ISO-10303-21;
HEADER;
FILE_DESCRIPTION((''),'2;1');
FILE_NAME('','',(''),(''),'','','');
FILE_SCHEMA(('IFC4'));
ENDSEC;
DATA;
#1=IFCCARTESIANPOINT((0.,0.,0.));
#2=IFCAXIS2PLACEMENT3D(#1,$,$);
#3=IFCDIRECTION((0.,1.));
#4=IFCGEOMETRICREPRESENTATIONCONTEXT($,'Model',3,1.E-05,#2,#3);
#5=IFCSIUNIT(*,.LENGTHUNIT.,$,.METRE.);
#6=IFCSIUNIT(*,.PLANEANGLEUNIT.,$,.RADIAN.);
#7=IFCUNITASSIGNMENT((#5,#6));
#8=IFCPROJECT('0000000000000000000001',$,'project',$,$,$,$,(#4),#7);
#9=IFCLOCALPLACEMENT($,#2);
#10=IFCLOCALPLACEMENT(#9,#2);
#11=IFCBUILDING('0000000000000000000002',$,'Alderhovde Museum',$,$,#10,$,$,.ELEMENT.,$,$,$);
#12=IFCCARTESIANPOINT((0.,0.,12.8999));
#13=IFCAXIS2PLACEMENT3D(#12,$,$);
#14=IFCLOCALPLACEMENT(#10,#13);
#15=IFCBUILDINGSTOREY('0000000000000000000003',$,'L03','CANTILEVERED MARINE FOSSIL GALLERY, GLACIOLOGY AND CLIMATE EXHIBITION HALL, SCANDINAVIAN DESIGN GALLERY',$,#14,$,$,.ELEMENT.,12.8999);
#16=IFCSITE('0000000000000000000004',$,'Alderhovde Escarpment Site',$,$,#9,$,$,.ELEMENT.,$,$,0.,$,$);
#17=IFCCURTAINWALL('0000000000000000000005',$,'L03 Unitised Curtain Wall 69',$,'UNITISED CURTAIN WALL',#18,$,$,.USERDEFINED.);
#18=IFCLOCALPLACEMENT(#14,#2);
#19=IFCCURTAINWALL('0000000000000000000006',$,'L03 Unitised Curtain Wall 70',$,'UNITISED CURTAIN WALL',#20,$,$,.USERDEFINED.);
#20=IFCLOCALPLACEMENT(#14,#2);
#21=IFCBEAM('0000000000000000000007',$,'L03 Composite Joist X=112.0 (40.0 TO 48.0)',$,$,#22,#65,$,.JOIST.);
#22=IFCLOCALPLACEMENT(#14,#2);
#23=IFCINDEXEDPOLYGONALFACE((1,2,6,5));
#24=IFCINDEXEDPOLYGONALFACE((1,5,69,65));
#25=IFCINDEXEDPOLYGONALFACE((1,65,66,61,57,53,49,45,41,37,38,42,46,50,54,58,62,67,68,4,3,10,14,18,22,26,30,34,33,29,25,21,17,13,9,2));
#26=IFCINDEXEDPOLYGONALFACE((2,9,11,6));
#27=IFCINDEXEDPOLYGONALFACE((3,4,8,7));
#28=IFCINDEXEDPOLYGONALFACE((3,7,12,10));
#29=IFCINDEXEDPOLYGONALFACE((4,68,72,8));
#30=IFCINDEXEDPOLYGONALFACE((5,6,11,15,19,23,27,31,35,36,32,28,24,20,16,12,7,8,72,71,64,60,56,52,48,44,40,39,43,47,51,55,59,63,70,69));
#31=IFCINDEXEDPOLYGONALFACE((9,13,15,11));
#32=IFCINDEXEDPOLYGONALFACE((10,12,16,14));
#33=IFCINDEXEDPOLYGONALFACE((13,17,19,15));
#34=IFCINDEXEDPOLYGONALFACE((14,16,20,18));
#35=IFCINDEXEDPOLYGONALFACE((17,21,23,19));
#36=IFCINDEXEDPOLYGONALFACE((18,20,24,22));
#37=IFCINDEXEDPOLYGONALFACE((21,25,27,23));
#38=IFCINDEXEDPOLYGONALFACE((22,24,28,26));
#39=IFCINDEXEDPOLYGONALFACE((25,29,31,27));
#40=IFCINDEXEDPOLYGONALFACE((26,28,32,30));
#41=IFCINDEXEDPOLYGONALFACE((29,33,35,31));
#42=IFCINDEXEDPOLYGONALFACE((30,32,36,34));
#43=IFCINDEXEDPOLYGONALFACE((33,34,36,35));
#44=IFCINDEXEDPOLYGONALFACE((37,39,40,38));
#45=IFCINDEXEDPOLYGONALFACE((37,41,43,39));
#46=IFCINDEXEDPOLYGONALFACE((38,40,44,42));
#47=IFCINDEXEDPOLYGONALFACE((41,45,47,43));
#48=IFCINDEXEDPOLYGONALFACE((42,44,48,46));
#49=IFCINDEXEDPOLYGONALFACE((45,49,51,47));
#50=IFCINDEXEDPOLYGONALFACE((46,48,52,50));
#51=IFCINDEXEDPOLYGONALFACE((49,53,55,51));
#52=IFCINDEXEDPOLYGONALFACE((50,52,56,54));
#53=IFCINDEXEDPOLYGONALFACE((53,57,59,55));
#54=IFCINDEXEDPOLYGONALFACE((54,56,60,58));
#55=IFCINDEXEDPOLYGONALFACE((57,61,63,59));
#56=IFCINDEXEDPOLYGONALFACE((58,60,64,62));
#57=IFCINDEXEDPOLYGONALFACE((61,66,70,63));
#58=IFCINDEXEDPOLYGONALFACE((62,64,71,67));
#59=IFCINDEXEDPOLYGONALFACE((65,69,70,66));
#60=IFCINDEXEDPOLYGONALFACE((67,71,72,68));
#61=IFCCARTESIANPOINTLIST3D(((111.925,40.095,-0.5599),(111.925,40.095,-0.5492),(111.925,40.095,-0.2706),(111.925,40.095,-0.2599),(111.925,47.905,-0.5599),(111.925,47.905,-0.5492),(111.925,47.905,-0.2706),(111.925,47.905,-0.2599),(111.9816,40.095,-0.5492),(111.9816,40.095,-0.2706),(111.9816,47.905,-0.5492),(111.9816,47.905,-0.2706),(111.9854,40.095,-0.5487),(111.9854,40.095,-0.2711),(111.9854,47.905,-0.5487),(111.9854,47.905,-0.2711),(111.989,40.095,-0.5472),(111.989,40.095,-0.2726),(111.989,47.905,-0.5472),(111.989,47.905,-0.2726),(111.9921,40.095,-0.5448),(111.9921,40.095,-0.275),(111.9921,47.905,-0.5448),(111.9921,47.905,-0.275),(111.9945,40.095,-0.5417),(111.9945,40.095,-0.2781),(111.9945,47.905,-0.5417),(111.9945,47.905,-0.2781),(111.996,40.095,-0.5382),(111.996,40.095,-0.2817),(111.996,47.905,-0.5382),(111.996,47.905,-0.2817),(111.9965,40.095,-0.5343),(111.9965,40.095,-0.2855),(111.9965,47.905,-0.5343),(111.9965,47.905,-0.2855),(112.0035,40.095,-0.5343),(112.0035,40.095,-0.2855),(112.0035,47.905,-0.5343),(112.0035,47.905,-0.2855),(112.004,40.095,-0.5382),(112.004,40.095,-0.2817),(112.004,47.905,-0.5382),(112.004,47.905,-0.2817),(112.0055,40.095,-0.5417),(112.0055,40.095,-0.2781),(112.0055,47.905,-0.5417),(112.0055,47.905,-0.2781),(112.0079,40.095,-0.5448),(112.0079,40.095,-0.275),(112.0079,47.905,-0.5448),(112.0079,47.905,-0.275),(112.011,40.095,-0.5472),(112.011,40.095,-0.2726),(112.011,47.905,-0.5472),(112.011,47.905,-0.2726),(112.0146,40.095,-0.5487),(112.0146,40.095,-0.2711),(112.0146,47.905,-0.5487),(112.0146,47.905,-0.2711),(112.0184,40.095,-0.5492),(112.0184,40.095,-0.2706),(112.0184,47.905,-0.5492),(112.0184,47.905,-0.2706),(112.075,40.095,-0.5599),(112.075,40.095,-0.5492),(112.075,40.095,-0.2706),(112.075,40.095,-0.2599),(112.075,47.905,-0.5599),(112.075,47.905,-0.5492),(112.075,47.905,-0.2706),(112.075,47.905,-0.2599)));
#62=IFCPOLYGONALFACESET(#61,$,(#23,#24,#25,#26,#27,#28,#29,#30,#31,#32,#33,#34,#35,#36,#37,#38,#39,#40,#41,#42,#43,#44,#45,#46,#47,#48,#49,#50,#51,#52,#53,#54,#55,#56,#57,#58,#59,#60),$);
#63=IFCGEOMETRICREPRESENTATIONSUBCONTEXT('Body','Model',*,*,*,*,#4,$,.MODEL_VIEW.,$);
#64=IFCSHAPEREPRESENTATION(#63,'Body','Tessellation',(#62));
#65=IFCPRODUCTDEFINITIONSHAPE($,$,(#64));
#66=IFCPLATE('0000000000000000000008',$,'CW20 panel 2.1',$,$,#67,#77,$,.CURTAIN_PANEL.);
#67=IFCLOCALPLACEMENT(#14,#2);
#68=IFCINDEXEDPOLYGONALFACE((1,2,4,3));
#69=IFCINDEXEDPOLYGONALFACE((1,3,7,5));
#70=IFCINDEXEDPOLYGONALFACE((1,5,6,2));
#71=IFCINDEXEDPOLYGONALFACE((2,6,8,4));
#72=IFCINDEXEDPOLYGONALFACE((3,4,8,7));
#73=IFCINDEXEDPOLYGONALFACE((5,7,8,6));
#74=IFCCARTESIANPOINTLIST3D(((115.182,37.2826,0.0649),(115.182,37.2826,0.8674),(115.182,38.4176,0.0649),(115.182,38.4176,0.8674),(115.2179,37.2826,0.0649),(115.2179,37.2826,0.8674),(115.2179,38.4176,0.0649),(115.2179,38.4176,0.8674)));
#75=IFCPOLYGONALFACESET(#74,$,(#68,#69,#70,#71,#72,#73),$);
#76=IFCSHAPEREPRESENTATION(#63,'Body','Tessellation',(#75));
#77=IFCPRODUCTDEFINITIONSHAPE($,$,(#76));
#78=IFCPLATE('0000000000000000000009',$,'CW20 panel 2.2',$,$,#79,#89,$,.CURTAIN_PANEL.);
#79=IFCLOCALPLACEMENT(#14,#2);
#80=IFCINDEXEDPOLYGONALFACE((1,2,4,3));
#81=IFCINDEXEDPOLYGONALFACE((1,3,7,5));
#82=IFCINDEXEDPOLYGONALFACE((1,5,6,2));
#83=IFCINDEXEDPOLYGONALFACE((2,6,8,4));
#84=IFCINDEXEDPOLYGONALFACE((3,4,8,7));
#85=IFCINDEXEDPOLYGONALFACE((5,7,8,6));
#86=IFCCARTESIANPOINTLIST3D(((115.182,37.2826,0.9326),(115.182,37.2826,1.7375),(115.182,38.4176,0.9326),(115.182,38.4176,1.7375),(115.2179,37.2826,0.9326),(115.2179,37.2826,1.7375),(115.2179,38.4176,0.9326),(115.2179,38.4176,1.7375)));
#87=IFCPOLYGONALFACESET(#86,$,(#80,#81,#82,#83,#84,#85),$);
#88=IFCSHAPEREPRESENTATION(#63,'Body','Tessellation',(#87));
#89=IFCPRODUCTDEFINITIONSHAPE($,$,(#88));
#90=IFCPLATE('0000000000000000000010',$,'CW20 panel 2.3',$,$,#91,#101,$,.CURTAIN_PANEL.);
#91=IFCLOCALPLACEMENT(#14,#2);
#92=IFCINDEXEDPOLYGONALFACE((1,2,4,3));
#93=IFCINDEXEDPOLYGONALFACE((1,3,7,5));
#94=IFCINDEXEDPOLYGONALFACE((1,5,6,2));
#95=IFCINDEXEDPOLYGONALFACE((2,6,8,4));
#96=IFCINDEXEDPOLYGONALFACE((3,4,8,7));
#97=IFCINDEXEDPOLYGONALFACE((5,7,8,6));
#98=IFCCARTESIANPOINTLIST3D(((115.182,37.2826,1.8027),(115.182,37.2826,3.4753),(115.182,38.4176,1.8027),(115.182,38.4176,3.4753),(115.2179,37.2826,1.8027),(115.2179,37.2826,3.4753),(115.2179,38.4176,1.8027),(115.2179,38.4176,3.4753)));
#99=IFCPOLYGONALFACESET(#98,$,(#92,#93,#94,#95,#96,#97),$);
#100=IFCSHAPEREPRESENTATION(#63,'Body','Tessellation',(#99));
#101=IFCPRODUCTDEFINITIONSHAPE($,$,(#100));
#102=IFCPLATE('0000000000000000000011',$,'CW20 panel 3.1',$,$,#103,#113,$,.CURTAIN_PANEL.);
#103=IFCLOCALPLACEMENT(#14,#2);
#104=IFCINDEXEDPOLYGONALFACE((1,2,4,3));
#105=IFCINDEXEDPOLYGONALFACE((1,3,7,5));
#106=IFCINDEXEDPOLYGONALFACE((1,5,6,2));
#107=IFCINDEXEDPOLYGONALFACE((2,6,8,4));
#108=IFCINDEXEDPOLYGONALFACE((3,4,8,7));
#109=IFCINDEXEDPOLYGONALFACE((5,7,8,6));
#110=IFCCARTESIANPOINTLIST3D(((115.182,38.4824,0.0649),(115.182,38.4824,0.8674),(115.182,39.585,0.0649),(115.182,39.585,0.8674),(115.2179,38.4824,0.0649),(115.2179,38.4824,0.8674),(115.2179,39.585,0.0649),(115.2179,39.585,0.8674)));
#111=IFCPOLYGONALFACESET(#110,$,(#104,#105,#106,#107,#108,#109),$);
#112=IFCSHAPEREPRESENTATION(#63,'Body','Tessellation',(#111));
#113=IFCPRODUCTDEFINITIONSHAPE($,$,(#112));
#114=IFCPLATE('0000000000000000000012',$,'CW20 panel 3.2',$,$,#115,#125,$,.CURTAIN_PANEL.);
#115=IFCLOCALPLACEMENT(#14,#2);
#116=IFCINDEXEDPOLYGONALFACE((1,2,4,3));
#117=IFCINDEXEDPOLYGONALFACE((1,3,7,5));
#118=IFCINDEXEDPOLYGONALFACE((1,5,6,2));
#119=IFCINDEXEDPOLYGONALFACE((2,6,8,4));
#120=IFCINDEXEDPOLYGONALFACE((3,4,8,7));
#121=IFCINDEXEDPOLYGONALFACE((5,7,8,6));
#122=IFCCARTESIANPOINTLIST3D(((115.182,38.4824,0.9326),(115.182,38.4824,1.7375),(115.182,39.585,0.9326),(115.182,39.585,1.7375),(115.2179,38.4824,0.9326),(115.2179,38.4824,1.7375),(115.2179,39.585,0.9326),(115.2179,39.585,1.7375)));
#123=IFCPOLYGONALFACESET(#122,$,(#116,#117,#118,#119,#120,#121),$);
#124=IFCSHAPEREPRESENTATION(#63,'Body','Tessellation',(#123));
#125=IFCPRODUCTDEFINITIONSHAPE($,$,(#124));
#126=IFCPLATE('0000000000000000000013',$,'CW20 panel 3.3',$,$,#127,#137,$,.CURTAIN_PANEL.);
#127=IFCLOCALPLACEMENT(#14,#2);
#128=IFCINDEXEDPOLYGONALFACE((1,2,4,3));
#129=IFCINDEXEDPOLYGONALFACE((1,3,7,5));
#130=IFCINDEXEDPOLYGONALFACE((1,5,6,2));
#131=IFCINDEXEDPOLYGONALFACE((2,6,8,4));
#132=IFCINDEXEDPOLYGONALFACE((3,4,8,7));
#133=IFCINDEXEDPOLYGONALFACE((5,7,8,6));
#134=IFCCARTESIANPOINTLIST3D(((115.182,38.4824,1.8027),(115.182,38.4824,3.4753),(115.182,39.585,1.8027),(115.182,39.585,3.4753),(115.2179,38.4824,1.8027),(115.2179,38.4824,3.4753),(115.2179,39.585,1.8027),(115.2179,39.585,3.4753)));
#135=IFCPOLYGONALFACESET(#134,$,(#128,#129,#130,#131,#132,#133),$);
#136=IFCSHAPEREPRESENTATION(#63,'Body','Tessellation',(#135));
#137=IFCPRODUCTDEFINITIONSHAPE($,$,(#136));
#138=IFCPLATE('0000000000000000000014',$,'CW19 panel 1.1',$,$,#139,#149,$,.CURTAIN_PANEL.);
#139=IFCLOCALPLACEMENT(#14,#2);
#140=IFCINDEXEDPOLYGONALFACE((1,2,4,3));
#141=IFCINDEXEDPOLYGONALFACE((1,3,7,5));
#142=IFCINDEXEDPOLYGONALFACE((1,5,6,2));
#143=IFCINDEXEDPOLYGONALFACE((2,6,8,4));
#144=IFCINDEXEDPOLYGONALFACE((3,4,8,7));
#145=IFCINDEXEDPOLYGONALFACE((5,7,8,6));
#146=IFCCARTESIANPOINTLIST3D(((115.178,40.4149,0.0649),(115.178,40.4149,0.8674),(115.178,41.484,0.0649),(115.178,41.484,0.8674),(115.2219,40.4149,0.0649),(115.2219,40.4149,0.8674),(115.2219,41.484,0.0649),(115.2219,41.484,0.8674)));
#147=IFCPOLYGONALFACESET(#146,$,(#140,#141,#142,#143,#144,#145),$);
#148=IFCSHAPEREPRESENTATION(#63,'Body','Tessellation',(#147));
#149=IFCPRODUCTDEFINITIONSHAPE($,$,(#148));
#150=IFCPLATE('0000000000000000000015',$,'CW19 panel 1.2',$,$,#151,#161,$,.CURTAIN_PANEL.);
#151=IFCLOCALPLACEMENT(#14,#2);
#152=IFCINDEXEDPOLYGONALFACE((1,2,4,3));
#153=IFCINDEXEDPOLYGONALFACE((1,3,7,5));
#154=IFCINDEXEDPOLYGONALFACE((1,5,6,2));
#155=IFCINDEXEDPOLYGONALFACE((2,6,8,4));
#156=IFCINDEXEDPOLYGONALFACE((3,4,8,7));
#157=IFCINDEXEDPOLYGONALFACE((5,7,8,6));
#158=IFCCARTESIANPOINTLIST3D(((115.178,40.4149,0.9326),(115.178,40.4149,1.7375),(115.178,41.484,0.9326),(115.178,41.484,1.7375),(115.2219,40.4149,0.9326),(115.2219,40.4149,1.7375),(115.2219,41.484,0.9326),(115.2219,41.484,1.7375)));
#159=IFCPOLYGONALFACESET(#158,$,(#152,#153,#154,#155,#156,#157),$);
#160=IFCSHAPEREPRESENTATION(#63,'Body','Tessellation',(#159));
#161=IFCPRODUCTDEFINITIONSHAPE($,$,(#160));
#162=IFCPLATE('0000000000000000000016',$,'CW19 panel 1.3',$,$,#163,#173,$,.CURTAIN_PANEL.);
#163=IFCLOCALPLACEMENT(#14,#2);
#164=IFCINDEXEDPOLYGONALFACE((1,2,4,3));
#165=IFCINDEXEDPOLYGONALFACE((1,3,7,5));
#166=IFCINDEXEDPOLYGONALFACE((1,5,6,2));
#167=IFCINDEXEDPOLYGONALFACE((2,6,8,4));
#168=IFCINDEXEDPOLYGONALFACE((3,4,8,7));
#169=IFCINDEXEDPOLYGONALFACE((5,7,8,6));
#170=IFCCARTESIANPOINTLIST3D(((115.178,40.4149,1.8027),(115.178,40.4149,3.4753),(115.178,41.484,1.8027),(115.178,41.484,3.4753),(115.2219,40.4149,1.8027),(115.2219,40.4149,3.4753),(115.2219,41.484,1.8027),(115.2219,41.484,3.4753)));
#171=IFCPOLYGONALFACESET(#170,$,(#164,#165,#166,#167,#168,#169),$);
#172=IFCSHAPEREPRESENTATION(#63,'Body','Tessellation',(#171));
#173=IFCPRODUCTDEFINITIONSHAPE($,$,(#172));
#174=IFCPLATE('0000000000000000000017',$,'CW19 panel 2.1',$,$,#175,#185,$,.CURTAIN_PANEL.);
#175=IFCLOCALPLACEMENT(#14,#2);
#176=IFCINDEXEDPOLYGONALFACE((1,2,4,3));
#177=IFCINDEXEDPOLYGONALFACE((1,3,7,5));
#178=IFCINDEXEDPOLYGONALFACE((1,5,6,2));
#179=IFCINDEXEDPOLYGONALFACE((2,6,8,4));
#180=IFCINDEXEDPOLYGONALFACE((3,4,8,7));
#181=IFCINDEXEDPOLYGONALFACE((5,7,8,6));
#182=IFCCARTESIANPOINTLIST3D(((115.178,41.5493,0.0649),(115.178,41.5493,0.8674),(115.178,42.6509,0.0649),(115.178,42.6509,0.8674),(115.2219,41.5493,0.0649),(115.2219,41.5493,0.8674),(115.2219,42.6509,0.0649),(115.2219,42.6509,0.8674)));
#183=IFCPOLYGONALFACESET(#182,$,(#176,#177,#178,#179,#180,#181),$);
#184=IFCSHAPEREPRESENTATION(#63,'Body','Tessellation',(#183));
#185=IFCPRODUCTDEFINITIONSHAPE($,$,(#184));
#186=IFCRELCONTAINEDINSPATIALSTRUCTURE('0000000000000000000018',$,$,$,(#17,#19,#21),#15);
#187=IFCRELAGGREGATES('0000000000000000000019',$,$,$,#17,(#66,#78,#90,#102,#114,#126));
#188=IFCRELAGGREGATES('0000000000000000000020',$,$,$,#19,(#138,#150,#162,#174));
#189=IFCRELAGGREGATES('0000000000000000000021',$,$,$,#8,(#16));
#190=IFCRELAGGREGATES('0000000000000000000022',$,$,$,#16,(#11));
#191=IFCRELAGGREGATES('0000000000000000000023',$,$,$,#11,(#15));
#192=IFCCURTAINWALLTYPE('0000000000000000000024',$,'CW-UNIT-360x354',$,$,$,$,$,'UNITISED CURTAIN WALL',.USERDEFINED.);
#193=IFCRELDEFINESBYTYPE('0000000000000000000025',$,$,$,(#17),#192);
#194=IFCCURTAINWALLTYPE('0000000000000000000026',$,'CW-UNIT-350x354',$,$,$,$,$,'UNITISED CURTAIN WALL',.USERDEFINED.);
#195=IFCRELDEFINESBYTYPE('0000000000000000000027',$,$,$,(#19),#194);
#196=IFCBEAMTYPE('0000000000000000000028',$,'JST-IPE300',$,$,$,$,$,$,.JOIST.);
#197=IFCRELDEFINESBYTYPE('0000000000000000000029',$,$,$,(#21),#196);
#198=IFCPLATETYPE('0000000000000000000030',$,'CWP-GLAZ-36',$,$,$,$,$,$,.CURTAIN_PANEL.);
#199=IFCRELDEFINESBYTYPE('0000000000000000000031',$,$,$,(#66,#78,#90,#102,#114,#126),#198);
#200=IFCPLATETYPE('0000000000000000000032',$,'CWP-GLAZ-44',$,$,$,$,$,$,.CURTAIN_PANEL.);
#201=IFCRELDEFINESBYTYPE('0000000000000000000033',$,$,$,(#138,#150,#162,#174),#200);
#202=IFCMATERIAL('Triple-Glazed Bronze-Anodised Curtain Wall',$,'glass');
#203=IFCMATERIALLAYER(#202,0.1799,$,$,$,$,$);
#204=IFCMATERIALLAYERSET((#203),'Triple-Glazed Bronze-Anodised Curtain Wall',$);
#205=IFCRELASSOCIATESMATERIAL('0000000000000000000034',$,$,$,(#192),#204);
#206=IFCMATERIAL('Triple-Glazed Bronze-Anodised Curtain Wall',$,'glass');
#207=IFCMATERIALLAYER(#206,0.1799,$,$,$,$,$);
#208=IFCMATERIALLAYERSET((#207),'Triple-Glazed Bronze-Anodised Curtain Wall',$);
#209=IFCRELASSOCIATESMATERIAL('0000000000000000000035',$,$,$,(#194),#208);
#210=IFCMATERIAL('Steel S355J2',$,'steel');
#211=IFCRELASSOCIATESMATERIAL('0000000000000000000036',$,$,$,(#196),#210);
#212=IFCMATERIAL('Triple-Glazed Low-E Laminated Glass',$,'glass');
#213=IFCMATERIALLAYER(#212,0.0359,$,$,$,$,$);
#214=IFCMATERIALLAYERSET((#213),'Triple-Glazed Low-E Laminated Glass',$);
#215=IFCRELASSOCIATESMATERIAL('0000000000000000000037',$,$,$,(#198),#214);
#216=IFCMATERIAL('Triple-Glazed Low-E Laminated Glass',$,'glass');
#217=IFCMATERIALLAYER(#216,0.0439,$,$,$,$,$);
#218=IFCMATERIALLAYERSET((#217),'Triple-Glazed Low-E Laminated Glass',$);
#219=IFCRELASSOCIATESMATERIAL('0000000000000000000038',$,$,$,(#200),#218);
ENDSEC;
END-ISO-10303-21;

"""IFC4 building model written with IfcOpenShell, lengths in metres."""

from ifc_helpers import new_model, si_unit, direction, frame, origin, origin_2d, place, context, subcontext, project, spatial, rectangle, i_section, extrude, material, layer, layer_set, material_profile, profile_set, type_object, element, aggregate, save


model = new_model("IFC4")

# Units and contexts
model_context = context("Model", 3, precision=1e-05, world=origin(), true_north=direction((0.0, 1.0)))
body_context = subcontext(model_context, "Body", "Model", "MODEL_VIEW")
ifc_project = project(units=[si_unit("LENGTHUNIT", "METRE"), si_unit("PLANEANGLEUNIT", "RADIAN")], contexts=[model_context])

# Site, building, storey
site_placement = place(None, origin())
site = spatial("IfcSite", under=ifc_project, at=site_placement, Name="Alderhovde Escarpment Site", CompositionType="ELEMENT", RefElevation=0.0)
building_placement = place(site_placement, origin())
building = spatial("IfcBuilding", under=site, at=building_placement, Name="Alderhovde Museum", CompositionType="ELEMENT")
storey_placement = place(building_placement, frame((0.0, 0.0, 12.8999)))
storey = spatial("IfcBuildingStorey", under=building, at=storey_placement, Name="L03", Description="CANTILEVERED MARINE FOSSIL GALLERY, GLACIOLOGY AND CLIMATE EXHIBITION HALL, SCANDINAVIAN DESIGN GALLERY", CompositionType="ELEMENT", Elevation=12.8999)

# Curtain walls
ifc_material_1 = material(Name="Triple-Glazed Bronze-Anodised Curtain Wall", Category="glass")
ifc_layer_1 = layer(ifc_material_1, 0.1799)
ifc_layer_set_1 = layer_set([ifc_layer_1], Name="Triple-Glazed Bronze-Anodised Curtain Wall")
curtain_wall_type_1 = type_object("IfcCurtainWallType", Name="CW-UNIT-360x354", ElementType="UNITISED CURTAIN WALL", PredefinedType="USERDEFINED", material=ifc_layer_set_1)
curtain_wall_1_placement = place(storey_placement, origin())
curtain_wall_1 = element("IfcCurtainWall", 1, at=curtain_wall_1_placement, inside=storey, type_object=curtain_wall_type_1, Name="L03 Unitised Curtain Wall 69", ObjectType="UNITISED CURTAIN WALL", PredefinedType="USERDEFINED")
ifc_material_2 = material(Name="Triple-Glazed Bronze-Anodised Curtain Wall", Category="glass")
ifc_layer_2 = layer(ifc_material_2, 0.1799)
ifc_layer_set_2 = layer_set([ifc_layer_2], Name="Triple-Glazed Bronze-Anodised Curtain Wall")
curtain_wall_type_2 = type_object("IfcCurtainWallType", Name="CW-UNIT-350x354", ElementType="UNITISED CURTAIN WALL", PredefinedType="USERDEFINED", material=ifc_layer_set_2)
curtain_wall_2_placement = place(storey_placement, origin())
curtain_wall_2 = element("IfcCurtainWall", 2, at=curtain_wall_2_placement, inside=storey, type_object=curtain_wall_type_2, Name="L03 Unitised Curtain Wall 70", ObjectType="UNITISED CURTAIN WALL", PredefinedType="USERDEFINED")

# Beam
ifc_material_3 = material(Name="Steel S355J2", Category="steel")
ifc_material_profile_1 = material_profile(ifc_material_3, i_section(OverallWidth=0.1499, OverallDepth=0.3, WebThickness=0.0071, FlangeThickness=0.0107, FilletRadius=0.0149, at=origin_2d()), Name="IPE 300")
ifc_profile_set_1 = profile_set([ifc_material_profile_1], Name="Steel S355J2")
beam_type_1 = type_object("IfcBeamType", Name="JST-IPE300", PredefinedType="JOIST", material=ifc_profile_set_1)
beam_1_placement = place(storey_placement, frame((112.0, 40.095, -0.4099), z_axis=(0.0, 1.0, 0.0), x_axis=(-1.0, 0.0, 0.0)))
element("IfcBeam", 3, at=beam_1_placement, inside=storey, type_object=beam_type_1, Name="L03 Composite Joist X=112.0 (40.0 TO 48.0)", PredefinedType="JOIST", context=body_context, shape_type="SweptSolid", body=[
    extrude(i_section(OverallWidth=0.1499, OverallDepth=0.3, WebThickness=0.0071, FlangeThickness=0.0107, FilletRadius=0.0149, at=origin_2d()), origin(), (0.0, 0.0, 1.0), 7.8101),
])

# Plates
ifc_material_4 = material(Name="Triple-Glazed Low-E Laminated Glass", Category="glass")
ifc_layer_3 = layer(ifc_material_4, 0.0359)
ifc_layer_set_3 = layer_set([ifc_layer_3], Name="Triple-Glazed Low-E Laminated Glass")
plate_type_1 = type_object("IfcPlateType", Name="CWP-GLAZ-36", PredefinedType="CURTAIN_PANEL", material=ifc_layer_set_3)
plate_1_placement = place(storey_placement, frame((115.2, 37.8501, 0.0649), z_axis=(0.0, 0.0, 1.0), x_axis=(0.0, 1.0, 0.0)))
plate_1 = element("IfcPlate", 4, at=plate_1_placement, type_object=plate_type_1, Name="CW20 panel 2.1", PredefinedType="CURTAIN_PANEL", context=body_context, shape_type="SweptSolid", body=[
    extrude(rectangle(XDim=1.135, YDim=0.0359, at=origin_2d()), origin(), (0.0, 0.0, 1.0), 0.8025),
])
plate_2_placement = place(storey_placement, frame((115.2, 37.8501, 0.9326), z_axis=(0.0, 0.0, 1.0), x_axis=(0.0, 1.0, 0.0)))
plate_2 = element("IfcPlate", 5, at=plate_2_placement, type_object=plate_type_1, Name="CW20 panel 2.2", PredefinedType="CURTAIN_PANEL", context=body_context, shape_type="SweptSolid", body=[
    extrude(rectangle(XDim=1.135, YDim=0.0359, at=origin_2d()), origin(), (0.0, 0.0, 1.0), 0.8049),
])
plate_3_placement = place(storey_placement, frame((115.2, 37.8501, 1.8027), z_axis=(0.0, 0.0, 1.0), x_axis=(0.0, 1.0, 0.0)))
plate_3 = element("IfcPlate", 6, at=plate_3_placement, type_object=plate_type_1, Name="CW20 panel 2.3", PredefinedType="CURTAIN_PANEL", context=body_context, shape_type="SweptSolid", body=[
    extrude(rectangle(XDim=1.135, YDim=0.0359, at=origin_2d()), origin(), (0.0, 0.0, 1.0), 1.6726),
])
plate_4_placement = place(storey_placement, frame((115.2, 39.0337, 0.0649), z_axis=(0.0, 0.0, 1.0), x_axis=(0.0, 1.0, 0.0)))
plate_4 = element("IfcPlate", 7, at=plate_4_placement, type_object=plate_type_1, Name="CW20 panel 3.1", PredefinedType="CURTAIN_PANEL", context=body_context, shape_type="SweptSolid", body=[
    extrude(rectangle(XDim=1.1025, YDim=0.0359, at=origin_2d()), origin(), (0.0, 0.0, 1.0), 0.8025),
])
plate_5_placement = place(storey_placement, frame((115.2, 39.0337, 0.9326), z_axis=(0.0, 0.0, 1.0), x_axis=(0.0, 1.0, 0.0)))
plate_5 = element("IfcPlate", 8, at=plate_5_placement, type_object=plate_type_1, Name="CW20 panel 3.2", PredefinedType="CURTAIN_PANEL", context=body_context, shape_type="SweptSolid", body=[
    extrude(rectangle(XDim=1.1025, YDim=0.0359, at=origin_2d()), origin(), (0.0, 0.0, 1.0), 0.8049),
])
plate_6_placement = place(storey_placement, frame((115.2, 39.0337, 1.8027), z_axis=(0.0, 0.0, 1.0), x_axis=(0.0, 1.0, 0.0)))
plate_6 = element("IfcPlate", 9, at=plate_6_placement, type_object=plate_type_1, Name="CW20 panel 3.3", PredefinedType="CURTAIN_PANEL", context=body_context, shape_type="SweptSolid", body=[
    extrude(rectangle(XDim=1.1025, YDim=0.0359, at=origin_2d()), origin(), (0.0, 0.0, 1.0), 1.6726),
])
aggregate(curtain_wall_1, [plate_1, plate_2, plate_3, plate_4, plate_5, plate_6])
ifc_material_5 = material(Name="Triple-Glazed Low-E Laminated Glass", Category="glass")
ifc_layer_4 = layer(ifc_material_5, 0.0439)
ifc_layer_set_4 = layer_set([ifc_layer_4], Name="Triple-Glazed Low-E Laminated Glass")
plate_type_2 = type_object("IfcPlateType", Name="CWP-GLAZ-44", PredefinedType="CURTAIN_PANEL", material=ifc_layer_set_4)
plate_7_placement = place(storey_placement, frame((115.2, 40.9495, 0.0649), z_axis=(0.0, 0.0, 1.0), x_axis=(0.0, 1.0, 0.0)))
plate_7 = element("IfcPlate", 10, at=plate_7_placement, type_object=plate_type_2, Name="CW19 panel 1.1", PredefinedType="CURTAIN_PANEL", context=body_context, shape_type="SweptSolid", body=[
    extrude(rectangle(XDim=1.0691, YDim=0.0439, at=origin_2d()), origin(), (0.0, 0.0, 1.0), 0.8025),
])
plate_8_placement = place(storey_placement, frame((115.2, 40.9495, 0.9326), z_axis=(0.0, 0.0, 1.0), x_axis=(0.0, 1.0, 0.0)))
plate_8 = element("IfcPlate", 11, at=plate_8_placement, type_object=plate_type_2, Name="CW19 panel 1.2", PredefinedType="CURTAIN_PANEL", context=body_context, shape_type="SweptSolid", body=[
    extrude(rectangle(XDim=1.0691, YDim=0.0439, at=origin_2d()), origin(), (0.0, 0.0, 1.0), 0.8049),
])
plate_9_placement = place(storey_placement, frame((115.2, 40.9495, 1.8027), z_axis=(0.0, 0.0, 1.0), x_axis=(0.0, 1.0, 0.0)))
plate_9 = element("IfcPlate", 12, at=plate_9_placement, type_object=plate_type_2, Name="CW19 panel 1.3", PredefinedType="CURTAIN_PANEL", context=body_context, shape_type="SweptSolid", body=[
    extrude(rectangle(XDim=1.0691, YDim=0.0439, at=origin_2d()), origin(), (0.0, 0.0, 1.0), 1.6726),
])
plate_10_placement = place(storey_placement, frame((115.2, 42.1001, 0.0649), z_axis=(0.0, 0.0, 1.0), x_axis=(0.0, 1.0, 0.0)))
plate_10 = element("IfcPlate", 13, at=plate_10_placement, type_object=plate_type_2, Name="CW19 panel 2.1", PredefinedType="CURTAIN_PANEL", context=body_context, shape_type="SweptSolid", body=[
    extrude(rectangle(XDim=1.1016, YDim=0.0439, at=origin_2d()), origin(), (0.0, 0.0, 1.0), 0.8025),
])
aggregate(curtain_wall_2, [plate_7, plate_8, plate_9, plate_10])

save(model, "model.ifc")
